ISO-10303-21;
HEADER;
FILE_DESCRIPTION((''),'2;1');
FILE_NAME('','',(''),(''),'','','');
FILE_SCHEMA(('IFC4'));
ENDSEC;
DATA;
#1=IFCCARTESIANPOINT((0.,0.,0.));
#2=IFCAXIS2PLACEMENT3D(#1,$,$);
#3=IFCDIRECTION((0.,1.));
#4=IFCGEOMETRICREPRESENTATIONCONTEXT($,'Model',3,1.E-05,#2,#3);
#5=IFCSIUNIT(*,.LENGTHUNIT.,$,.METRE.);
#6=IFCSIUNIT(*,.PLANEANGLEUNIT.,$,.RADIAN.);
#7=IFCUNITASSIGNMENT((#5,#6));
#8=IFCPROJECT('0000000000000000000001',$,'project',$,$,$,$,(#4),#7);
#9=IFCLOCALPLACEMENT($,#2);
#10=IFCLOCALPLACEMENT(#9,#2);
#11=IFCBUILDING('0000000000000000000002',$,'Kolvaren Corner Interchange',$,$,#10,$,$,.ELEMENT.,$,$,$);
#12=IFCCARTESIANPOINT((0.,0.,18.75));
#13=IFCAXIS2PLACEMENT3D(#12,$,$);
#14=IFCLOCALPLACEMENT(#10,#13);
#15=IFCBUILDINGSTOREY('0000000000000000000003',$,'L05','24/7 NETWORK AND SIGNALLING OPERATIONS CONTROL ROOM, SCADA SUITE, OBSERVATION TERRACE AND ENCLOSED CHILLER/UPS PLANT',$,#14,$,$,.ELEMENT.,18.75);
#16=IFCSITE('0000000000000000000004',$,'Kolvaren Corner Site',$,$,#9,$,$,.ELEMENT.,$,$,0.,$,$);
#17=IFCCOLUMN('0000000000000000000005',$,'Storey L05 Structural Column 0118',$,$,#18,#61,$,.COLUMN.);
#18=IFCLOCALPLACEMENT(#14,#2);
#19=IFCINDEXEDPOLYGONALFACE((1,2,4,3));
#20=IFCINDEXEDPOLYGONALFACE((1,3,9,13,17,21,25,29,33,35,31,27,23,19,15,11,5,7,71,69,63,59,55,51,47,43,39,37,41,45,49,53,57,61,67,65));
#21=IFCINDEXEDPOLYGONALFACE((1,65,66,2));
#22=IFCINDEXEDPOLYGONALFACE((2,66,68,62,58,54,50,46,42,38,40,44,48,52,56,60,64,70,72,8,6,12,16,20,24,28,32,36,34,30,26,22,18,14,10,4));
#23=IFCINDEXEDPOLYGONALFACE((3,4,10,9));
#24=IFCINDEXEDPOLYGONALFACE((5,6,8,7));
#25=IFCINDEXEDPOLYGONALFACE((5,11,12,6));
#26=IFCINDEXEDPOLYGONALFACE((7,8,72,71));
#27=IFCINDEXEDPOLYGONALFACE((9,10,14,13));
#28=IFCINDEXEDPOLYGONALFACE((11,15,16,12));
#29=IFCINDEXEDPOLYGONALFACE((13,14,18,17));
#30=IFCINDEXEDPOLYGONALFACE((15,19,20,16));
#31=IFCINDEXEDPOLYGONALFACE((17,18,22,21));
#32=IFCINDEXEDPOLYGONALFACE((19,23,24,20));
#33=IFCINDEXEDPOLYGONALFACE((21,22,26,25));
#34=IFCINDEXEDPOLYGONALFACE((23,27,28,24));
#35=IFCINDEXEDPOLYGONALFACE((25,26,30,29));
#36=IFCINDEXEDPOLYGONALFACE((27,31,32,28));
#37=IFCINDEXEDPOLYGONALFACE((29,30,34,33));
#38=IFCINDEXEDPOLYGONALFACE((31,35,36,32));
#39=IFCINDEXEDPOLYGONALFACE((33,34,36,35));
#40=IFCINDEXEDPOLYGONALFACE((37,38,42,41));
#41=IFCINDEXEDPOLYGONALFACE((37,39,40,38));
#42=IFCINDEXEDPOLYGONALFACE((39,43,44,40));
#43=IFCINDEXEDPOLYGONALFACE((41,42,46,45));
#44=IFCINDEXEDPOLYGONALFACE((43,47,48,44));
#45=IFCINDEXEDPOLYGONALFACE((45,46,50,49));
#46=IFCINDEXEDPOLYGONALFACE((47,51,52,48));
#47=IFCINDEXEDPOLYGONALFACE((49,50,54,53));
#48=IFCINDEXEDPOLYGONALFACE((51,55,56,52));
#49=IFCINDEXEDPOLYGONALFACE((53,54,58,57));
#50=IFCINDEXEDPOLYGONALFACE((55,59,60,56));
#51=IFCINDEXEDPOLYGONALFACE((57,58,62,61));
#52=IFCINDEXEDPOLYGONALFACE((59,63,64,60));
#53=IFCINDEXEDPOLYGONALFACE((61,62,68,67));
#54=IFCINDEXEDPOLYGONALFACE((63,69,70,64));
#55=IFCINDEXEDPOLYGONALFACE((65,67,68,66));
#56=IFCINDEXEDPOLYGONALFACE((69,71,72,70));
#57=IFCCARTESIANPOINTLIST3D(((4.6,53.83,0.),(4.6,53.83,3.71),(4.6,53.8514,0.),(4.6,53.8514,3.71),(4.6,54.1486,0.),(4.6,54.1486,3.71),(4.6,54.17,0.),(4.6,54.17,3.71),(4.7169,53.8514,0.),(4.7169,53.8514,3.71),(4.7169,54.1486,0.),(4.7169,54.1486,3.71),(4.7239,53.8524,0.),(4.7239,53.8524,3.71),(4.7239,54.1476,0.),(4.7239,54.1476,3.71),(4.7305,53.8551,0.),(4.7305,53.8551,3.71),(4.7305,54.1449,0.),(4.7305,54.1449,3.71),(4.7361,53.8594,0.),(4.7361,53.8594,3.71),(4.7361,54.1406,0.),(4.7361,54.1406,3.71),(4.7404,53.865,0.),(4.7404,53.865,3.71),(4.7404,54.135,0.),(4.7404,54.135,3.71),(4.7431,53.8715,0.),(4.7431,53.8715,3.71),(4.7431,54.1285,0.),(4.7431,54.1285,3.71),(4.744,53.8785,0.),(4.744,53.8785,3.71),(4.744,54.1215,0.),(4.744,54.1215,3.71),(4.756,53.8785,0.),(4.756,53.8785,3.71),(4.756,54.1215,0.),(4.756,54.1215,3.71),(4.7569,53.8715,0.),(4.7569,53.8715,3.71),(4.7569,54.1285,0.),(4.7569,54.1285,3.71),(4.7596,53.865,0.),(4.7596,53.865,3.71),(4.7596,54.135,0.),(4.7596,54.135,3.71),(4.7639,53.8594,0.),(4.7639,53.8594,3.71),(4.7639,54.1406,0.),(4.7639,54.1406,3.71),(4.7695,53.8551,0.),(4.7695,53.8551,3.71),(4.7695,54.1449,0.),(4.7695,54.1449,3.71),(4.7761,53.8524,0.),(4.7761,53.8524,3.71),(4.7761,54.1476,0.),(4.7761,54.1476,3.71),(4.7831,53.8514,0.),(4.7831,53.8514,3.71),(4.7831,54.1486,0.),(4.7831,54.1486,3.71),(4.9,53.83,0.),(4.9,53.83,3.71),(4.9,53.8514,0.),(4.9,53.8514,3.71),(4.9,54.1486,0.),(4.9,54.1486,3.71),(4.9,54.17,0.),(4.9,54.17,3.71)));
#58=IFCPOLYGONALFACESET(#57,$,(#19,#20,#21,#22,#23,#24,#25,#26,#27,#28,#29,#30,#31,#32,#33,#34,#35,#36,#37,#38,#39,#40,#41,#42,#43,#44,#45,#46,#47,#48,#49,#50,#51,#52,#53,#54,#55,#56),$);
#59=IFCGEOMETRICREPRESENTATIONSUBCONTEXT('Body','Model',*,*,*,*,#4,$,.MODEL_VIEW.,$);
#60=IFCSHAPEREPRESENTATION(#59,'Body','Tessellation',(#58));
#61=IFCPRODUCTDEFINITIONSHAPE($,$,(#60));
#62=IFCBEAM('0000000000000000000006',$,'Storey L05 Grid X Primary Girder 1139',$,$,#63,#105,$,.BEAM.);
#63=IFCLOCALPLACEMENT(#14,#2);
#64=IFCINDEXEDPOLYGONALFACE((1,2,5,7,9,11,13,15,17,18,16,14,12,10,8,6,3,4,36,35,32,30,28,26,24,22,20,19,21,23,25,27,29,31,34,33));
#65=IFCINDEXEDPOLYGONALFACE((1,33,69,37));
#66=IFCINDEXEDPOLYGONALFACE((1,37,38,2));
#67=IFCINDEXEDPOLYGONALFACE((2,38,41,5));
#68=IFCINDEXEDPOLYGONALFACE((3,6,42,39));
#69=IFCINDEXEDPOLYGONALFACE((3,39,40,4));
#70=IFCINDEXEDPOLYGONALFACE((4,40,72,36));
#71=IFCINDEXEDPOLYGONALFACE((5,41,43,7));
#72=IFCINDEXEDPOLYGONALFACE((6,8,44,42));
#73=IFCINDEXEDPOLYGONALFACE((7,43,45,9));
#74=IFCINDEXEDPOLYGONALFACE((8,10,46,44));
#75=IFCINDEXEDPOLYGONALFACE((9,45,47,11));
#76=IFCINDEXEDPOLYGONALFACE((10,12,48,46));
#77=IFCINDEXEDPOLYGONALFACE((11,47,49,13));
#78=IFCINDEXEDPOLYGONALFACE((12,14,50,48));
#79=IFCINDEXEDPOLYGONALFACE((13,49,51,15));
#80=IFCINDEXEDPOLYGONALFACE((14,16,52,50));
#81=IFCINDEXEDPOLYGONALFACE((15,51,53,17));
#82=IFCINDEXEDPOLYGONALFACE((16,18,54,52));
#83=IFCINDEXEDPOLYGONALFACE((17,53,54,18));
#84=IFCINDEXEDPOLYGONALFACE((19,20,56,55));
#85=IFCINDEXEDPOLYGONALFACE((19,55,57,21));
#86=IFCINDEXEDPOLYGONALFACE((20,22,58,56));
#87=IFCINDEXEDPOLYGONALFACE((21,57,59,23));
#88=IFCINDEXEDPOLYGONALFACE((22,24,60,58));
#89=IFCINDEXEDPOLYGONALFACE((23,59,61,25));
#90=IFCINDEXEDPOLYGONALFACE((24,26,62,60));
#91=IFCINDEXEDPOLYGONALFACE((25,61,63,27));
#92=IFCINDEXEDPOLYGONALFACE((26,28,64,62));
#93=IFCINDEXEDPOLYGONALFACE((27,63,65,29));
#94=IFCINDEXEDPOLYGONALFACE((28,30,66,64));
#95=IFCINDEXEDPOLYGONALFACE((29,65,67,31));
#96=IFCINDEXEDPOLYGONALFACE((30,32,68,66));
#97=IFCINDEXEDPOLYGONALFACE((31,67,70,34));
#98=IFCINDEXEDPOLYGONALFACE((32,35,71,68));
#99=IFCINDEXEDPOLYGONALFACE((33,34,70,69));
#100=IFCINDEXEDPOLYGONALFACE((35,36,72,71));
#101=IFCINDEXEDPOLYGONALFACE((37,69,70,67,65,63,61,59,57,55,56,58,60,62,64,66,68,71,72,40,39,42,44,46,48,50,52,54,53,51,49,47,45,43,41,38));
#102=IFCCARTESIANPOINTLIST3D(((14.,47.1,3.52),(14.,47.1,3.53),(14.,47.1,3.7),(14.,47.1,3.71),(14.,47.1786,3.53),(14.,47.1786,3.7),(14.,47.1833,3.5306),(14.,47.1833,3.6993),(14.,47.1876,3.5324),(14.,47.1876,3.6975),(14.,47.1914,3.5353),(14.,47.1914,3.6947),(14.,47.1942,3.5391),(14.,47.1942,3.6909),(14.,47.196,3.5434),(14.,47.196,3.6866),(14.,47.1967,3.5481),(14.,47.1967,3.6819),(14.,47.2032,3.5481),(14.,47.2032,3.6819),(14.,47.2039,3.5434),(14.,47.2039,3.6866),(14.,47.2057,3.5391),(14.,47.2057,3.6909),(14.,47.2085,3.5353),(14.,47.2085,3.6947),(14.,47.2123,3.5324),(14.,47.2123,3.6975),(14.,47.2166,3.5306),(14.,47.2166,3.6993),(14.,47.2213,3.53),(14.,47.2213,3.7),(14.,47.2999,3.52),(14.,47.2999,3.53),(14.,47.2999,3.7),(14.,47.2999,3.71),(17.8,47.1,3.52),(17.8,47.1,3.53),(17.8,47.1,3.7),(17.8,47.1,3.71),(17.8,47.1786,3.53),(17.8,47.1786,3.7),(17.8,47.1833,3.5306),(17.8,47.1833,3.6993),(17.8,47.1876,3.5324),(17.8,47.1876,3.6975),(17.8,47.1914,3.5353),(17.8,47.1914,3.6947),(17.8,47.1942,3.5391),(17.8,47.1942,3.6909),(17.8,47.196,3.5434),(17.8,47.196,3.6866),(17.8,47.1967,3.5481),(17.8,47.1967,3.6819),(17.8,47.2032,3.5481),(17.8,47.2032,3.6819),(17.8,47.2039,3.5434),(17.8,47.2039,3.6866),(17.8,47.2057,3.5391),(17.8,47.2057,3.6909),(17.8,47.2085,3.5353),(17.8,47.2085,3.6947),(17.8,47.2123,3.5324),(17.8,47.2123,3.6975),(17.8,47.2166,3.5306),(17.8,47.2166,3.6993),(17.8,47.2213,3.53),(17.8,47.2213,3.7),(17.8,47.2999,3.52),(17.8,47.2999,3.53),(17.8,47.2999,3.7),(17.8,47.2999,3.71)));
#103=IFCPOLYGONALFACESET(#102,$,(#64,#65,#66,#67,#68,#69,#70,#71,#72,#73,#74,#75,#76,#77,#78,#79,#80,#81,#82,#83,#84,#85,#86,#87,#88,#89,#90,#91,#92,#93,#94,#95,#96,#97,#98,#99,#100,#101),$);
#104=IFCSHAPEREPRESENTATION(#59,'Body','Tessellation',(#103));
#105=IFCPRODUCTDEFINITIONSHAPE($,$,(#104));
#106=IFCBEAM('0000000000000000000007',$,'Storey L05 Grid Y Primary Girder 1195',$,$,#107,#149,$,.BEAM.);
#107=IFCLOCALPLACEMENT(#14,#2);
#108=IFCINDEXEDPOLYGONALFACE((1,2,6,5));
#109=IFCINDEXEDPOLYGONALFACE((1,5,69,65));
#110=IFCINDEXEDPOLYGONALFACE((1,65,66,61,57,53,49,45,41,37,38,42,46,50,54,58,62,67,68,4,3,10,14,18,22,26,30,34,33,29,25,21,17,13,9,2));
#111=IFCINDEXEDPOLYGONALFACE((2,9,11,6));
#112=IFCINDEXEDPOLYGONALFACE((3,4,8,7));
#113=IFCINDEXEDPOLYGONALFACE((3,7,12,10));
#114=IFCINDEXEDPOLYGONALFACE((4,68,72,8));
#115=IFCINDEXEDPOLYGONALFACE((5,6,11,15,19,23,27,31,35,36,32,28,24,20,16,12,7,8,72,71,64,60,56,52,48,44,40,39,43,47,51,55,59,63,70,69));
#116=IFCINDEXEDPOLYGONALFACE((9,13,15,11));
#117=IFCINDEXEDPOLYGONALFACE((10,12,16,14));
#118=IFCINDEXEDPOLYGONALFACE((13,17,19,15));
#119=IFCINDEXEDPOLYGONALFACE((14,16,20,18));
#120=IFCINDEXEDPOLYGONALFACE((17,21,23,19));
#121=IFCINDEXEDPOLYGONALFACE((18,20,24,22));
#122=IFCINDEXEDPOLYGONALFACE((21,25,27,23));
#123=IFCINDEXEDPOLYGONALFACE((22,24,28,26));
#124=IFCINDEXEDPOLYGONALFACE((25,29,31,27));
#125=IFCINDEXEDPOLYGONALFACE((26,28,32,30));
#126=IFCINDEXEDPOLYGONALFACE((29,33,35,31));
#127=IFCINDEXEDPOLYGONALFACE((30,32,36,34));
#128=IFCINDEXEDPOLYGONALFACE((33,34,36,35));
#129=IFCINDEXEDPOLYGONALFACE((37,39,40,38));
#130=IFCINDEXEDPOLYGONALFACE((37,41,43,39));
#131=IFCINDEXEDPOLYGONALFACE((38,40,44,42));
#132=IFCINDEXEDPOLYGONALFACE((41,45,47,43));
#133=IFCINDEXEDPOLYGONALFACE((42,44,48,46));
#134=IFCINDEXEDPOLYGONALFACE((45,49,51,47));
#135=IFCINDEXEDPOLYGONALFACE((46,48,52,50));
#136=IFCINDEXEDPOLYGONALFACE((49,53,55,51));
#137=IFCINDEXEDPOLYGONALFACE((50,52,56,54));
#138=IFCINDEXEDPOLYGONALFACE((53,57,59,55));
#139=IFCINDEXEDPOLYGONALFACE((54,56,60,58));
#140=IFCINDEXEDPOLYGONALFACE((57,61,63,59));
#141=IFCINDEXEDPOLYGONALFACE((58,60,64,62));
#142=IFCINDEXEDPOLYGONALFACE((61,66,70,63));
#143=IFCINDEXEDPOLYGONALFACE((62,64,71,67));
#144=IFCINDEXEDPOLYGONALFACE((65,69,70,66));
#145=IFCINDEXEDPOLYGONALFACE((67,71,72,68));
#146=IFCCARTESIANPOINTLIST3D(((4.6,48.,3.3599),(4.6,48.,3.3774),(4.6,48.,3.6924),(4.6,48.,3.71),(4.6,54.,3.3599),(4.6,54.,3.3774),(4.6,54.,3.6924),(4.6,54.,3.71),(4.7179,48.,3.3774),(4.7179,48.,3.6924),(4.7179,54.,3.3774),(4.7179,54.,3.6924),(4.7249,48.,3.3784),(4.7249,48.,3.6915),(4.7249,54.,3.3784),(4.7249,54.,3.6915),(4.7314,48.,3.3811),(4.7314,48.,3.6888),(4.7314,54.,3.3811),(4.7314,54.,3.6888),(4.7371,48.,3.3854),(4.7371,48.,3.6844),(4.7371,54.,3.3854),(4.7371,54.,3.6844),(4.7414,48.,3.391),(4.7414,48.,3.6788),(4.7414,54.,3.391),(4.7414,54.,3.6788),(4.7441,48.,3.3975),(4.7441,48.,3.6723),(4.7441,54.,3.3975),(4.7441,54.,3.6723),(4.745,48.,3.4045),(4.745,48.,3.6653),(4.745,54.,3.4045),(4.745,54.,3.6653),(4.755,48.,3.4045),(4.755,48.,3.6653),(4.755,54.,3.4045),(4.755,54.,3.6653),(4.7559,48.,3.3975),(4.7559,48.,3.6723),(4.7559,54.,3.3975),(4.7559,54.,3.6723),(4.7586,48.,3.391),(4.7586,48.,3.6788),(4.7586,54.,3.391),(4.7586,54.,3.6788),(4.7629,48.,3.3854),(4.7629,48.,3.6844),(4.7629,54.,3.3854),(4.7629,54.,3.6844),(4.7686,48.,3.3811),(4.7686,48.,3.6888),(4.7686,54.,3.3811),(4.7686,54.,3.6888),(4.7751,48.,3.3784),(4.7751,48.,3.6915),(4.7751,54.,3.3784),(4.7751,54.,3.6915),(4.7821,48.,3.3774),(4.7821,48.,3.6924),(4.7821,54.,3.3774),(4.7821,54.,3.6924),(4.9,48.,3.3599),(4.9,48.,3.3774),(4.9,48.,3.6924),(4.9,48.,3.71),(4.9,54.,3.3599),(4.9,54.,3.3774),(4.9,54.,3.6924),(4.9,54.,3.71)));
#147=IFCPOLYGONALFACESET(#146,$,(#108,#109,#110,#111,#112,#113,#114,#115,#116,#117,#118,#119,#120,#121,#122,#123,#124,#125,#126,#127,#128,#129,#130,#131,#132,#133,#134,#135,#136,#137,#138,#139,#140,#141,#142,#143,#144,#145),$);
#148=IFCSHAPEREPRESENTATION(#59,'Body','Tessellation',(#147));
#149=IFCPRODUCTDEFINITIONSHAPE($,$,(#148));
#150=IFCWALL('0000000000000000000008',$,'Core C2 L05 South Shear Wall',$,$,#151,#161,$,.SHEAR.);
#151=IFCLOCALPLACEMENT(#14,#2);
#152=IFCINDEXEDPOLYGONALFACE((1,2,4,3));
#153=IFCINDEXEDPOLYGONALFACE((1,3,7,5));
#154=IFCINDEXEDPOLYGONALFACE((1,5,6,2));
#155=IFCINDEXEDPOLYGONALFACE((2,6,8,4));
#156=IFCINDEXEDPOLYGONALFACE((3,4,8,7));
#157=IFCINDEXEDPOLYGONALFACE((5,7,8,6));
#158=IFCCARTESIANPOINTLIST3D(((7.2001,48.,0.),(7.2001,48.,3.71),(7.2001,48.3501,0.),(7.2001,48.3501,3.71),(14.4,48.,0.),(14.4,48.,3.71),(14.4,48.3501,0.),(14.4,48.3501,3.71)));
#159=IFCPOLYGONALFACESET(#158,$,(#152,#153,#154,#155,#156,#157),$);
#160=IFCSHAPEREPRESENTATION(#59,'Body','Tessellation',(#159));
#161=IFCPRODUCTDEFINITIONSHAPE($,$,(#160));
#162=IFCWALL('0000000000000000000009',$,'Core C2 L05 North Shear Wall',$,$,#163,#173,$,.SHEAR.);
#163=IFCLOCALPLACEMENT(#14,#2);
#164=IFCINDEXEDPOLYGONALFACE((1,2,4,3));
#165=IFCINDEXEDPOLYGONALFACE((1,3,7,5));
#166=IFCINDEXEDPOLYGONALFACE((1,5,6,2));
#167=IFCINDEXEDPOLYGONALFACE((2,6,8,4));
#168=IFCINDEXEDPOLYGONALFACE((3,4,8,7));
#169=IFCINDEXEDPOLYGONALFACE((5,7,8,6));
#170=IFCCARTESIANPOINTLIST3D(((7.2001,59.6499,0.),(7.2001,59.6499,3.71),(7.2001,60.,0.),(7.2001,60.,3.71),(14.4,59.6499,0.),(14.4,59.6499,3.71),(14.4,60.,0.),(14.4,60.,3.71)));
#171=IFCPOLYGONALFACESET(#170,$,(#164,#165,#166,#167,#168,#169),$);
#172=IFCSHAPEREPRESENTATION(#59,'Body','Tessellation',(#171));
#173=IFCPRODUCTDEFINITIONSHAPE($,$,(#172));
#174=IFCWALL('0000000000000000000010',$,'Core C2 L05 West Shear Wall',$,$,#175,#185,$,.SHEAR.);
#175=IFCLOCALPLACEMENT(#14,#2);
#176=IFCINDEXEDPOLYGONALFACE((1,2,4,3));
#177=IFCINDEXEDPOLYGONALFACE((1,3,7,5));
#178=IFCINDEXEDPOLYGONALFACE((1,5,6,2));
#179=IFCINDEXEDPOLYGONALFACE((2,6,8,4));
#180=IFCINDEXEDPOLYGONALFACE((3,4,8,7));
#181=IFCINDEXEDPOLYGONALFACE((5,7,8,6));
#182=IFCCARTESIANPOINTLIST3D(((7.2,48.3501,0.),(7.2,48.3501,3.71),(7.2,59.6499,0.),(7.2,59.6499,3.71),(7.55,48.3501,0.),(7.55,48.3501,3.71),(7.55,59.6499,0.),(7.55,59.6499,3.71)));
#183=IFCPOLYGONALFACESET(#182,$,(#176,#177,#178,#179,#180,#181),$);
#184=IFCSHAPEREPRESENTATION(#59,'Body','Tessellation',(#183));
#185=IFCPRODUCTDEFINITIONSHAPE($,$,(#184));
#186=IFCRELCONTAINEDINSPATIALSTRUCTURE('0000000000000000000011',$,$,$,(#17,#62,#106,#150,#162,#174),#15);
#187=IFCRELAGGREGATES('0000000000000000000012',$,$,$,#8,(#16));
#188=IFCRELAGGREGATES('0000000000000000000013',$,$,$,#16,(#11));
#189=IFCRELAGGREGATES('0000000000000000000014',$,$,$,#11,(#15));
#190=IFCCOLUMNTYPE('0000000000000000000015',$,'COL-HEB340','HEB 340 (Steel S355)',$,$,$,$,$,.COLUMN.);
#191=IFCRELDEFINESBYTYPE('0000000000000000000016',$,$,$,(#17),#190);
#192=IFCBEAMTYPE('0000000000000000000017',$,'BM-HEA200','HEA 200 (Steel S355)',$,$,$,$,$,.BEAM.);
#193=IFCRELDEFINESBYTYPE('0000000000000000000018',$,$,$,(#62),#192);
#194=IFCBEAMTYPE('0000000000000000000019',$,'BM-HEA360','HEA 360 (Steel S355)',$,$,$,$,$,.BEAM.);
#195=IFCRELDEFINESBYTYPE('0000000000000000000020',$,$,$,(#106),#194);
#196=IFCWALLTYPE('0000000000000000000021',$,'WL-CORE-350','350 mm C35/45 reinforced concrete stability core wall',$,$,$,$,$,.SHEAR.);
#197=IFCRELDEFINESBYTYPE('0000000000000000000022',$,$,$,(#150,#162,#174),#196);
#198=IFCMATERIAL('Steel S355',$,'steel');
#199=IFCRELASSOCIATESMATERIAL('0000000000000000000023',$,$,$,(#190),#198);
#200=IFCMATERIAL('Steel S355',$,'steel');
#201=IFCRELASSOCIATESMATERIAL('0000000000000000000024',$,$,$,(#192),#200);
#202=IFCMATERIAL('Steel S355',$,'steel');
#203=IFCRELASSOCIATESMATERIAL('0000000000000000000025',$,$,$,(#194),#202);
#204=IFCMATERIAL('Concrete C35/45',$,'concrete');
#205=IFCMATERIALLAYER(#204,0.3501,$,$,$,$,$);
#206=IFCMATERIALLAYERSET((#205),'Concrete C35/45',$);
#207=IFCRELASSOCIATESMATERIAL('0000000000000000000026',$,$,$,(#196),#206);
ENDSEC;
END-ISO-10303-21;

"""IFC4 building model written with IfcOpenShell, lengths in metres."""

from ifc_helpers import new_model, si_unit, direction, frame, frame_2d, origin, origin_2d, place, context, subcontext, project, spatial, rectangle, i_section, extrude, material, layer, layer_set, material_profile, profile_set, type_object, element, save


model = new_model("IFC4")

# Units and contexts
model_context = context("Model", 3, precision=1e-05, world=origin(), true_north=direction((0.0, 1.0)))
body_context = subcontext(model_context, "Body", "Model", "MODEL_VIEW")
ifc_project = project(units=[si_unit("LENGTHUNIT", "METRE"), si_unit("PLANEANGLEUNIT", "RADIAN")], contexts=[model_context])

# Site, building, storey
site_placement = place(None, origin())
site = spatial("IfcSite", under=ifc_project, at=site_placement, Name="Kolvaren Corner Site", CompositionType="ELEMENT", RefElevation=0.0)
building_placement = place(site_placement, origin())
building = spatial("IfcBuilding", under=site, at=building_placement, Name="Kolvaren Corner Interchange", CompositionType="ELEMENT")
storey_placement = place(building_placement, frame((0.0, 0.0, 18.75)))
storey = spatial("IfcBuildingStorey", under=building, at=storey_placement, Name="L05", Description="24/7 NETWORK AND SIGNALLING OPERATIONS CONTROL ROOM, SCADA SUITE, OBSERVATION TERRACE AND ENCLOSED CHILLER/UPS PLANT", CompositionType="ELEMENT", Elevation=18.75)

# Column
ifc_material_1 = material(Name="Steel S355", Category="steel")
ifc_material_profile_1 = material_profile(ifc_material_1, i_section(OverallWidth=0.3, OverallDepth=0.3401, WebThickness=0.012, FlangeThickness=0.0215, FilletRadius=0.0271, at=origin_2d()), Name="HEB 340")
ifc_profile_set_1 = profile_set([ifc_material_profile_1], Name="Steel S355")
column_type = type_object("IfcColumnType", Name="COL-HEB340", Description="HEB 340 (Steel S355)", PredefinedType="COLUMN", material=ifc_profile_set_1)
column_placement = place(storey_placement, frame((4.75, 54.0, 0.0), z_axis=(0.0, 0.0, 1.0), x_axis=(1.0, 0.0, 0.0)))
element("IfcColumn", 1, at=column_placement, inside=storey, type_object=column_type, Name="Storey L05 Structural Column 0118", PredefinedType="COLUMN", context=body_context, shape_type="SweptSolid", body=[
    extrude(i_section(OverallWidth=0.3, OverallDepth=0.3401, WebThickness=0.012, FlangeThickness=0.0215, FilletRadius=0.0271, at=origin_2d()), origin(), (0.0, 0.0, 1.0), 3.71),
])

# Beams
ifc_material_2 = material(Name="Steel S355", Category="steel")
ifc_material_profile_2 = material_profile(ifc_material_2, i_section(OverallWidth=0.2, OverallDepth=0.1899, WebThickness=0.0066, FlangeThickness=0.01, FilletRadius=0.0181, at=origin_2d()), Name="HEA 200")
ifc_profile_set_2 = profile_set([ifc_material_profile_2], Name="Steel S355")
beam_type_1 = type_object("IfcBeamType", Name="BM-HEA200", Description="HEA 200 (Steel S355)", PredefinedType="BEAM", material=ifc_profile_set_2)
beam_1_placement = place(storey_placement, frame((14.0, 47.2, 3.615), z_axis=(1.0, 0.0, 0.0), x_axis=(0.0, 1.0, 0.0)))
element("IfcBeam", 2, at=beam_1_placement, inside=storey, type_object=beam_type_1, Name="Storey L05 Grid X Primary Girder 1139", PredefinedType="BEAM", context=body_context, shape_type="SweptSolid", body=[
    extrude(i_section(OverallWidth=0.2, OverallDepth=0.1899, WebThickness=0.0066, FlangeThickness=0.01, FilletRadius=0.0181, at=origin_2d()), origin(), (0.0, 0.0, 1.0), 3.8),
])
ifc_material_3 = material(Name="Steel S355", Category="steel")
ifc_material_profile_3 = material_profile(ifc_material_3, i_section(OverallWidth=0.3, OverallDepth=0.3501, WebThickness=0.01, FlangeThickness=0.0176, FilletRadius=0.0271, at=origin_2d()), Name="HEA 360")
ifc_profile_set_3 = profile_set([ifc_material_profile_3], Name="Steel S355")
beam_type_2 = type_object("IfcBeamType", Name="BM-HEA360", Description="HEA 360 (Steel S355)", PredefinedType="BEAM", material=ifc_profile_set_3)
beam_2_placement = place(storey_placement, frame((4.75, 48.0, 3.5349), z_axis=(0.0, 1.0, 0.0), x_axis=(-1.0, 0.0, 0.0)))
element("IfcBeam", 3, at=beam_2_placement, inside=storey, type_object=beam_type_2, Name="Storey L05 Grid Y Primary Girder 1195", PredefinedType="BEAM", context=body_context, shape_type="SweptSolid", body=[
    extrude(i_section(OverallWidth=0.3, OverallDepth=0.3501, WebThickness=0.01, FlangeThickness=0.0176, FilletRadius=0.0271, at=origin_2d()), origin(), (0.0, 0.0, 1.0), 6.0),
])

# Walls
ifc_material_4 = material(Name="Concrete C35/45", Category="concrete")
ifc_layer_1 = layer(ifc_material_4, 0.3501)
ifc_layer_set_1 = layer_set([ifc_layer_1], Name="Concrete C35/45")
wall_type_1 = type_object("IfcWallType", Name="WL-CORE-350", Description="350 mm C35/45 reinforced concrete stability core wall", PredefinedType="SHEAR", material=ifc_layer_set_1)
for number, where, z_axis, x_axis, name in (
    (4, (7.2, 48.175, 0.0), (0.0, 0.0, 1.0), (1.0, 0.0, 0.0), "Core C2 L05 South Shear Wall"),
    (5, (7.2, 59.825, 0.0), (0.0, 0.0, 1.0), (1.0, 0.0, 0.0), "Core C2 L05 North Shear Wall"),
):
    element("IfcWall", number, at=place(storey_placement, frame(where, z_axis=z_axis, x_axis=x_axis)), inside=storey, type_object=wall_type_1, Name=name, PredefinedType="SHEAR", context=body_context, shape_type="SweptSolid", body=[
        extrude(rectangle(XDim=7.2, YDim=0.3501, at=frame_2d((3.6001, 0.0))), origin(), (0.0, 0.0, 1.0), 3.71),
    ])
wall_1_placement = place(storey_placement, frame((7.375, 48.3501, 0.0), z_axis=(0.0, 0.0, 1.0), x_axis=(0.0, 1.0, 0.0)))
element("IfcWall", 6, at=wall_1_placement, inside=storey, type_object=wall_type_1, Name="Core C2 L05 West Shear Wall", PredefinedType="SHEAR", context=body_context, shape_type="SweptSolid", body=[
    extrude(rectangle(XDim=11.2998, YDim=0.3501, at=frame_2d((5.6499, 0.0))), origin(), (0.0, 0.0, 1.0), 3.71),
])

save(model, "model.ifc")
